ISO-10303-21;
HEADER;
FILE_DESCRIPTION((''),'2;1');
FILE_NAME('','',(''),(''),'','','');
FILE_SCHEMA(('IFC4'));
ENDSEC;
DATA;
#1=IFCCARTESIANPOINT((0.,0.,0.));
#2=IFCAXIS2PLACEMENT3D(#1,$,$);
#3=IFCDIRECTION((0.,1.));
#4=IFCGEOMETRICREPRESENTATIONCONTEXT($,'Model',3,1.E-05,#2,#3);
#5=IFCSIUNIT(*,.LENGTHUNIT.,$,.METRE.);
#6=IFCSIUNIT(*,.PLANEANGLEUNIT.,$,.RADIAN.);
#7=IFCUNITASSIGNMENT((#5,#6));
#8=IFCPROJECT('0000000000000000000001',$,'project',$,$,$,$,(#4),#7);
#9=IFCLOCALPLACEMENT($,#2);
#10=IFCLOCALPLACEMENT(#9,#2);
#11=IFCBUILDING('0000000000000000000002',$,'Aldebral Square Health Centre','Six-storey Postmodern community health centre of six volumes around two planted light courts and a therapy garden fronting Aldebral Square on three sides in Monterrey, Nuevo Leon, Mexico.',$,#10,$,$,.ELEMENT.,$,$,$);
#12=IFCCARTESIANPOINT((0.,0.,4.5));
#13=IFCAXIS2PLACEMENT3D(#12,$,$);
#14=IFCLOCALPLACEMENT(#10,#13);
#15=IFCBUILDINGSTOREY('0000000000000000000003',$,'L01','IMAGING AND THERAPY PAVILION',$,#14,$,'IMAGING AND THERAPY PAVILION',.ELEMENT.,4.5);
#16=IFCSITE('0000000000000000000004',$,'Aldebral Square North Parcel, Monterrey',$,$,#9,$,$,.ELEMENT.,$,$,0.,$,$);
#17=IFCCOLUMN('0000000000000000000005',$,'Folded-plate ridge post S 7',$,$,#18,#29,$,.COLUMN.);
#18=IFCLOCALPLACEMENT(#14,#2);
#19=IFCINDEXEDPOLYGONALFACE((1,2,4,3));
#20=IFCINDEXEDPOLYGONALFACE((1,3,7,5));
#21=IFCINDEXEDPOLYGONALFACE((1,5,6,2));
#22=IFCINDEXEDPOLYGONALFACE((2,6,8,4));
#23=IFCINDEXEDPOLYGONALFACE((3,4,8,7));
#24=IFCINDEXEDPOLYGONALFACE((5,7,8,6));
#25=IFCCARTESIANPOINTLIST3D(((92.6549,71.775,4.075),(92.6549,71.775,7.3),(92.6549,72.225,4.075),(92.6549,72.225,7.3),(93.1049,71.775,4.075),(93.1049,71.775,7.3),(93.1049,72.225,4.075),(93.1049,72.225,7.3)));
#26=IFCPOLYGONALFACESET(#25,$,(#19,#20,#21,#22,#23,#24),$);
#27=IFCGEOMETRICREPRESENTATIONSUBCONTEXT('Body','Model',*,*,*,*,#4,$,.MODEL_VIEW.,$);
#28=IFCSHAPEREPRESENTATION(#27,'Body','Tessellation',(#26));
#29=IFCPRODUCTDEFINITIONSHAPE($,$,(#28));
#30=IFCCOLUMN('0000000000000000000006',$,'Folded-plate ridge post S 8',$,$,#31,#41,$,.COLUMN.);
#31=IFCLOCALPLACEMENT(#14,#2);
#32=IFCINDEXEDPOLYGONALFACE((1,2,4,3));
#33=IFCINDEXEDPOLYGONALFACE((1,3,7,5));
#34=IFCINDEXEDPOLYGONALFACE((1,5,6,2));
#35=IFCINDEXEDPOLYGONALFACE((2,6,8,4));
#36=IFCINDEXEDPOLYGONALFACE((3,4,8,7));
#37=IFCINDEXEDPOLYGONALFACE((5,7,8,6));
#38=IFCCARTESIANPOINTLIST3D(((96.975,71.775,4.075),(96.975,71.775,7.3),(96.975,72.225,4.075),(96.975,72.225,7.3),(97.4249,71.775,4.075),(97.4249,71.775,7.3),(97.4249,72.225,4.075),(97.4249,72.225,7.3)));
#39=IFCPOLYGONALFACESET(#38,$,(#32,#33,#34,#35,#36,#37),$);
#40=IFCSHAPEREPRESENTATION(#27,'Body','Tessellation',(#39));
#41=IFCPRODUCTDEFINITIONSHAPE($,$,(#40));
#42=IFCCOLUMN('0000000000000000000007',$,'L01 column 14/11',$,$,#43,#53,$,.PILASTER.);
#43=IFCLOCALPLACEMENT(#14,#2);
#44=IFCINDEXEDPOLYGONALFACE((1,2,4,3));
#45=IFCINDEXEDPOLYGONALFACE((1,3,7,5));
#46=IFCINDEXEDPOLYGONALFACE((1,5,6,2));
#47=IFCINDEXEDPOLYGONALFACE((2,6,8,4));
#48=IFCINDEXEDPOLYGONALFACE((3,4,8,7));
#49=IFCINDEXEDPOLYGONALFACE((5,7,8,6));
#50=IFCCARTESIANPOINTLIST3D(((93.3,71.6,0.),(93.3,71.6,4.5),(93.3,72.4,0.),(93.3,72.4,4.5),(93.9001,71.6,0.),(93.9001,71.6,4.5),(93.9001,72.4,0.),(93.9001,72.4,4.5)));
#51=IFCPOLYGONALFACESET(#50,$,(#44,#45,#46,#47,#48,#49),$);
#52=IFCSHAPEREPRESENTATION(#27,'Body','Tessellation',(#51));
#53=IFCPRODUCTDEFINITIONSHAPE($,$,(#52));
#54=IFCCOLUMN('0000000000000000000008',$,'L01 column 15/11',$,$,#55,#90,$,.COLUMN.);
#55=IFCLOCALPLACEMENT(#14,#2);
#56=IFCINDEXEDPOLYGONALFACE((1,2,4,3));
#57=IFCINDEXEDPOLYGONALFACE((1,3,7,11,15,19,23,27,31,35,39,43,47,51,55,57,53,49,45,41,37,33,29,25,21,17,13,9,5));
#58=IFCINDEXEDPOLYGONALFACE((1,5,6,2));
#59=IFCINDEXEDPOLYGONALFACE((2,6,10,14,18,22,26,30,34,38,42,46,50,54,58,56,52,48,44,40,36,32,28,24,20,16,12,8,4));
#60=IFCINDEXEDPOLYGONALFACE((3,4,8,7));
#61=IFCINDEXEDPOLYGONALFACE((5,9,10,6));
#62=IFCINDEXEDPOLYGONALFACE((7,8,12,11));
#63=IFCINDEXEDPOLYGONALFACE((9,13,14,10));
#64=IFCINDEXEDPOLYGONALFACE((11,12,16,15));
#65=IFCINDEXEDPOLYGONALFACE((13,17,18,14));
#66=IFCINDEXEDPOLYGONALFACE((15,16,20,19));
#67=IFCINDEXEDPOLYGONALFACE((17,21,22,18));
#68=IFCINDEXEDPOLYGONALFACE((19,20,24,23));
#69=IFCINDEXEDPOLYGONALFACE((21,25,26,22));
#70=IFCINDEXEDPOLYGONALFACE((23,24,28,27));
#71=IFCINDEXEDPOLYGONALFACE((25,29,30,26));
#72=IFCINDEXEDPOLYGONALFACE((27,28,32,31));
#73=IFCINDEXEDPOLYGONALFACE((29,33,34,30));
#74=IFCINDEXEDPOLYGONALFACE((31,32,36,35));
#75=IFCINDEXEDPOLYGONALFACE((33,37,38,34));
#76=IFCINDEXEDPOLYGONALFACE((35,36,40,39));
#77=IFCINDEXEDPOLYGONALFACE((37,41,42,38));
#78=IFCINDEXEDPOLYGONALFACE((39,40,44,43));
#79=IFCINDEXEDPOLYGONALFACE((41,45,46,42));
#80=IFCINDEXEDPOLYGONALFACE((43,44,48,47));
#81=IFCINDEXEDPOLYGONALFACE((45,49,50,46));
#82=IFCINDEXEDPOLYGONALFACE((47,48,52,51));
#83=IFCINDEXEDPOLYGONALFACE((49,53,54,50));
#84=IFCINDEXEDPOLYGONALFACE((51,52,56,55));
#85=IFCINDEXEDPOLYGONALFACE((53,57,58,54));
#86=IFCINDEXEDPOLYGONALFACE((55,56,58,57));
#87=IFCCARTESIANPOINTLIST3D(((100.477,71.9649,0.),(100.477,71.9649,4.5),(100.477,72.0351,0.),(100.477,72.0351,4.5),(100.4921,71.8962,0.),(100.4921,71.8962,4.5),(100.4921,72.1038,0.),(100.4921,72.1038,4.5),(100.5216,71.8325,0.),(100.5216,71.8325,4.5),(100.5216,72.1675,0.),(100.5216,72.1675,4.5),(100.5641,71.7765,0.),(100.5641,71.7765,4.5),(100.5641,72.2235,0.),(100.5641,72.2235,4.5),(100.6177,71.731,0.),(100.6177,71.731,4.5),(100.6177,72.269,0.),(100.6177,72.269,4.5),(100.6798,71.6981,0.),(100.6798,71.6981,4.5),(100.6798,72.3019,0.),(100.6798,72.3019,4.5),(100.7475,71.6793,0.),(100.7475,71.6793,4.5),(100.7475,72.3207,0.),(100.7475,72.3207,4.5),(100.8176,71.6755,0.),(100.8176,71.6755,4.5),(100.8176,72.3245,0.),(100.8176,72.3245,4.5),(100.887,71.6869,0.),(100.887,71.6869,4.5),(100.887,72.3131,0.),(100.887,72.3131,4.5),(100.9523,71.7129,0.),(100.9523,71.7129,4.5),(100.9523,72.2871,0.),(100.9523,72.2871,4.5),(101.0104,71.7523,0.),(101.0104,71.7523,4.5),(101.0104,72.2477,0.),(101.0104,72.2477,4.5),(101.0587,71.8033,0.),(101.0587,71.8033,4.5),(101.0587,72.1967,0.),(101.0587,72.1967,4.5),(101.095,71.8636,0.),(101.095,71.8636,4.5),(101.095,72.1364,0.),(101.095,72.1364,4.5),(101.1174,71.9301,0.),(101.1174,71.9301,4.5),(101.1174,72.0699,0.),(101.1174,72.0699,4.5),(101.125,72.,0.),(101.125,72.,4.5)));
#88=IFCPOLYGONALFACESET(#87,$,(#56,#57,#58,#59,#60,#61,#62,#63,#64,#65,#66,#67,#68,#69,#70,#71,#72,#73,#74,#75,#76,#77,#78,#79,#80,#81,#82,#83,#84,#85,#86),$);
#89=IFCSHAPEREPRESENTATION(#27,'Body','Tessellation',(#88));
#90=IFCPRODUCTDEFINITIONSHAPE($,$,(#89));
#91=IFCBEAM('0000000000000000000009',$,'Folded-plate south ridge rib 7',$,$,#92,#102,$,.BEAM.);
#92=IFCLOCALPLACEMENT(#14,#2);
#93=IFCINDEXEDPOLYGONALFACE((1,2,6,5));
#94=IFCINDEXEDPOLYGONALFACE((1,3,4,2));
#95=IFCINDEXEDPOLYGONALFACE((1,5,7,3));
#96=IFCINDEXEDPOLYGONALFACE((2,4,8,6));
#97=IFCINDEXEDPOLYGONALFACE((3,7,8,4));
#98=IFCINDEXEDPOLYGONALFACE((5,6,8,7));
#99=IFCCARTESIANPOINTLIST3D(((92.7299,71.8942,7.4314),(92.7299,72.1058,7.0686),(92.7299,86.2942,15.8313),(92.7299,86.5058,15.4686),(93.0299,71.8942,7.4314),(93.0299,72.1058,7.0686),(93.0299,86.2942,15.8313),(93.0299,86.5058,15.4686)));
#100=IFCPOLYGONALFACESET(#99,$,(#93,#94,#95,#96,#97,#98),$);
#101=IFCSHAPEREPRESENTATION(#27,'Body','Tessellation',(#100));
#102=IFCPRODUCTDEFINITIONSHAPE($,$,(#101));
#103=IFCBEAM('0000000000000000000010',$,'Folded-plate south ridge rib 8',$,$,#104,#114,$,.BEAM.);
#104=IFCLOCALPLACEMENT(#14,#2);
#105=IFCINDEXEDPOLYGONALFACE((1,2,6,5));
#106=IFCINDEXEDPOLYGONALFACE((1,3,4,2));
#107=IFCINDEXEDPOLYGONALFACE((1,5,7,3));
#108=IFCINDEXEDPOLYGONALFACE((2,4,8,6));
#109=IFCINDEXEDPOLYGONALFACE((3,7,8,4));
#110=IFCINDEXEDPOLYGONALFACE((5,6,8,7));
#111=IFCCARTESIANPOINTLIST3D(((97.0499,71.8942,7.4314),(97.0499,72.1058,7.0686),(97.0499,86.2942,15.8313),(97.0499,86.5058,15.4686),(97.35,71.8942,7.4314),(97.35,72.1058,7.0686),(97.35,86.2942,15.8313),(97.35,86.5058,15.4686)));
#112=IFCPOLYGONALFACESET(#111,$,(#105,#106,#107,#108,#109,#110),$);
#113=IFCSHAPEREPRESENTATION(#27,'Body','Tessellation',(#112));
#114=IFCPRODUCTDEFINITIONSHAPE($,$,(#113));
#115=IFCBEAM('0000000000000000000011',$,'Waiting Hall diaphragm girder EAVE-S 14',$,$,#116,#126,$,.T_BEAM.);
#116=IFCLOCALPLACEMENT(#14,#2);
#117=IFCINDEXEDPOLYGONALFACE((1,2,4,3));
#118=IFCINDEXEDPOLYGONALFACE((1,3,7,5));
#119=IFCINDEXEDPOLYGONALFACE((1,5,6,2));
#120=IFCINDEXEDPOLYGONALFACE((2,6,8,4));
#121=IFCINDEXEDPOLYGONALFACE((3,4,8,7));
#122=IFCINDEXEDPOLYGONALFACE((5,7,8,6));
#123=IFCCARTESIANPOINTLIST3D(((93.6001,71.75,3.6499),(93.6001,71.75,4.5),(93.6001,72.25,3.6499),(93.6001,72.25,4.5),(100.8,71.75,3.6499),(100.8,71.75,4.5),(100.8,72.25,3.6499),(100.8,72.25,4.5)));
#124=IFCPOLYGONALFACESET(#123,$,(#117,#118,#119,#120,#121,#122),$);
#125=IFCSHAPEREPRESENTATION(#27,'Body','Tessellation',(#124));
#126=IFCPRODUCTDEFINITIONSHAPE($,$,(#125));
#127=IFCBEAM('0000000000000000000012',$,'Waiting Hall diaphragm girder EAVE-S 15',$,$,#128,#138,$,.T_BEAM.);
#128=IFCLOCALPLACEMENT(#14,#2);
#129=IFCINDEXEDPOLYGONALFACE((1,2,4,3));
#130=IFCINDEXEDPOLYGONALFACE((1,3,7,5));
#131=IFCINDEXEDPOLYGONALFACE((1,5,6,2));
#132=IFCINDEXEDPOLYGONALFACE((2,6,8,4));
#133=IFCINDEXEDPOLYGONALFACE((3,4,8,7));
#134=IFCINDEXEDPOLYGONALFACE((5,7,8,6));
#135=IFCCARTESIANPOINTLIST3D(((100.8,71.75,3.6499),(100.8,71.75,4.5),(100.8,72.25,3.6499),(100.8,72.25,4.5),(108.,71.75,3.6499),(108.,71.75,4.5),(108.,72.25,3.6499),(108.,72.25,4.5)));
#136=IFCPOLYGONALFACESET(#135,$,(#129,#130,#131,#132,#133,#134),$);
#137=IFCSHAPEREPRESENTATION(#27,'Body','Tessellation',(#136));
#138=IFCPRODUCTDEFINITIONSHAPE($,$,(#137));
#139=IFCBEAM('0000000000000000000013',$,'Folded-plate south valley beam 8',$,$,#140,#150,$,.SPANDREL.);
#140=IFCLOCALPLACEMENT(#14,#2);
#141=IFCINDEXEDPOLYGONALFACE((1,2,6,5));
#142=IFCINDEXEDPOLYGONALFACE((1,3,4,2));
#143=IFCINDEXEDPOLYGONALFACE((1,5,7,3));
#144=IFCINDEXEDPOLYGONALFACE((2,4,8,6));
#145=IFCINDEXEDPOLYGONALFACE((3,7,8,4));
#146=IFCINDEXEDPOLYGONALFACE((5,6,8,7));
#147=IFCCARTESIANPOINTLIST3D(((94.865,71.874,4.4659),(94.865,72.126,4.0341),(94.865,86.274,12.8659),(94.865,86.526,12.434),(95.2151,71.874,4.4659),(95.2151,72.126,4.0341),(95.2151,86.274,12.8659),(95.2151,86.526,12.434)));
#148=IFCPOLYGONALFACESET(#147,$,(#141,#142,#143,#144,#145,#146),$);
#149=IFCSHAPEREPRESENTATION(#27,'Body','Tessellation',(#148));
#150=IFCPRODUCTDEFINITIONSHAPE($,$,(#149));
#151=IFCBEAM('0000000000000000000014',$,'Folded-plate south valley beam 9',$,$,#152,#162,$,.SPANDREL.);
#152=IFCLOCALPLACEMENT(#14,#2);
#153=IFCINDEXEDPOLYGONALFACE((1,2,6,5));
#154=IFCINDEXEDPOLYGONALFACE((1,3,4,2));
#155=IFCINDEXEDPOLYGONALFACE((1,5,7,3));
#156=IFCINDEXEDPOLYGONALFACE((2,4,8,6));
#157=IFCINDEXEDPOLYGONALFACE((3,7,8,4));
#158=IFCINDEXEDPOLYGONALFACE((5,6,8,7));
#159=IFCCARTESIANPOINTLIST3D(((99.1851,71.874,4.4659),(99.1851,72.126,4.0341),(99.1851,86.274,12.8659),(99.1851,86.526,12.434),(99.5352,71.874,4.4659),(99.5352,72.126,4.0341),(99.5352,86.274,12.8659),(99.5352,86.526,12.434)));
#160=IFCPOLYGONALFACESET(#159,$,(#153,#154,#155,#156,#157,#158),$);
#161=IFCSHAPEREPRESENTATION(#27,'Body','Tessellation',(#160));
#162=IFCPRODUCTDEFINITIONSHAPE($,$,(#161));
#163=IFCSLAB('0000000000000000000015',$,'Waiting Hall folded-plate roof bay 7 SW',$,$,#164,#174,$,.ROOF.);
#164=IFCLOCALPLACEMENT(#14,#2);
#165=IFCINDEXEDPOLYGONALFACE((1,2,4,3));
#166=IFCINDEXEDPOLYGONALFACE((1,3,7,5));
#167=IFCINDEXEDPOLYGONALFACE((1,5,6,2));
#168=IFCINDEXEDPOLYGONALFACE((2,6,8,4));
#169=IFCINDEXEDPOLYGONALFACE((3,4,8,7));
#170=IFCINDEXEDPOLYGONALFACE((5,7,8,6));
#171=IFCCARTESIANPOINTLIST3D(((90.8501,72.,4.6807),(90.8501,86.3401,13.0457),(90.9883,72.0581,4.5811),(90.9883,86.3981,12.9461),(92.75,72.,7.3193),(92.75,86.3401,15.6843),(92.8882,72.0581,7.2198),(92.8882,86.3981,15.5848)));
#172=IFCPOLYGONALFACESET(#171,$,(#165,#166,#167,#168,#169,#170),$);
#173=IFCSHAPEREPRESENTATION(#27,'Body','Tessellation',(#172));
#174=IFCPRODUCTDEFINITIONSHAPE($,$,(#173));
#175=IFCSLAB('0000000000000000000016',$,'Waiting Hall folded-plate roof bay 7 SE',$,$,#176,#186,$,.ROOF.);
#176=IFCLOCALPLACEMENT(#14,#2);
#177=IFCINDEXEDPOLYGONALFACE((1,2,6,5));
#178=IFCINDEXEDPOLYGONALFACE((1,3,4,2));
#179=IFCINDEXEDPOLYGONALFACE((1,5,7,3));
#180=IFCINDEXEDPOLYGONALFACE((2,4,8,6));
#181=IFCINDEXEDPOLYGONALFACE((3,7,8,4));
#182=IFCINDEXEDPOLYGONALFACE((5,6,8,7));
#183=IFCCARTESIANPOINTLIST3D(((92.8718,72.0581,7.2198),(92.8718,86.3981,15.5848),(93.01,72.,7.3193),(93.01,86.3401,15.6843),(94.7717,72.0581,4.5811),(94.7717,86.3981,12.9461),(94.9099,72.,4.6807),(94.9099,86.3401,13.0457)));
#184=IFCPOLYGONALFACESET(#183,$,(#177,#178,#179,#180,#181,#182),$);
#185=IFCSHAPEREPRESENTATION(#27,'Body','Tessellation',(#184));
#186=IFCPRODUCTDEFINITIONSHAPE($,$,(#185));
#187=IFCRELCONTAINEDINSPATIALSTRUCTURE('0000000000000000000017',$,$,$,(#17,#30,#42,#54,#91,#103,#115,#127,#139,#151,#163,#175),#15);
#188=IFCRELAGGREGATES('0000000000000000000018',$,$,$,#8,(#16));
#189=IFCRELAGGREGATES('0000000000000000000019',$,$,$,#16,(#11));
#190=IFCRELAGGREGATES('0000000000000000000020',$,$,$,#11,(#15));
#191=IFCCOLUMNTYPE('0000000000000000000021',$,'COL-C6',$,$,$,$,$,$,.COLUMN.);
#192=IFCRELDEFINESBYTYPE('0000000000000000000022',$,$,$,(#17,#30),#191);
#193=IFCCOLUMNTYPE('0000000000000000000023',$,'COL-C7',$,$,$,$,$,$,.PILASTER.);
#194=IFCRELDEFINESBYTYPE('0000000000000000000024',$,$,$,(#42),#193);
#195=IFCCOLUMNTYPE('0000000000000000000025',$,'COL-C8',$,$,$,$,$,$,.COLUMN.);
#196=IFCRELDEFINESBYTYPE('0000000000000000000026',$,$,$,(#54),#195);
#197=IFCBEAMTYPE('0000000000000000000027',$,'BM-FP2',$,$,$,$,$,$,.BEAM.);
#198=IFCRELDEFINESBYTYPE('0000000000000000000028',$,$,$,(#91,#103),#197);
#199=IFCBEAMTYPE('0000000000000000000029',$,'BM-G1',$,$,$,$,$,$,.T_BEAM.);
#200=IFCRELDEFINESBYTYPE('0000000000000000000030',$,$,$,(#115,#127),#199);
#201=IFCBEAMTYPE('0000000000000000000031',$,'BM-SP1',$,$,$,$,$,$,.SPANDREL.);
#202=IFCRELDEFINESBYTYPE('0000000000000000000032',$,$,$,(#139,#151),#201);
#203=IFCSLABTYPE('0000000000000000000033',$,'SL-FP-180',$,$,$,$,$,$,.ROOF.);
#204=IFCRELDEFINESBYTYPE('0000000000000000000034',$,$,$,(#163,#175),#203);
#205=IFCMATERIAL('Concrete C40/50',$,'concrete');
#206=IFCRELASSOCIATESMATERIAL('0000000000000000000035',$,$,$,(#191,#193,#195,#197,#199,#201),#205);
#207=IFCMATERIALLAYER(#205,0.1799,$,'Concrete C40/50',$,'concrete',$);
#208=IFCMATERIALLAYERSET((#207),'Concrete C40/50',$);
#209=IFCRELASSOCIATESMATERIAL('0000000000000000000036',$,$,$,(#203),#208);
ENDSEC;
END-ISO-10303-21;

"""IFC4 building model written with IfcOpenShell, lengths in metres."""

from ifc_helpers import new_model, si_unit, direction, frame, origin, origin_2d, place, context, subcontext, project, spatial, polyline, rectangle, circle, outline, extrude, material, layer, layer_set, material_profile, profile_set, type_object, element, save


model = new_model("IFC4")

# Units and contexts
model_context = context("Model", 3, precision=1e-05, world=origin(), true_north=direction((0.0, 1.0)))
body_context = subcontext(model_context, "Body", "Model", "MODEL_VIEW")
ifc_project = project(units=[si_unit("LENGTHUNIT", "METRE"), si_unit("PLANEANGLEUNIT", "RADIAN")], contexts=[model_context])

# Site, building, storey
site_placement = place(None, origin())
site = spatial("IfcSite", under=ifc_project, at=site_placement, Name="Aldebral Square North Parcel, Monterrey", CompositionType="ELEMENT", RefElevation=0.0)
building_placement = place(site_placement, origin())
building = spatial("IfcBuilding", under=site, at=building_placement, Name="Aldebral Square Health Centre", Description="Six-storey Postmodern community health centre of six volumes around two planted light courts and a therapy garden fronting Aldebral Square on three sides in Monterrey, Nuevo Leon, Mexico.", CompositionType="ELEMENT")
storey_placement = place(building_placement, frame((0.0, 0.0, 4.5)))
storey = spatial("IfcBuildingStorey", under=building, at=storey_placement, Name="L01", Description="IMAGING AND THERAPY PAVILION", LongName="IMAGING AND THERAPY PAVILION", CompositionType="ELEMENT", Elevation=4.5)

# Columns
ifc_material_1 = material(Name="Concrete C40/50", Category="concrete")
ifc_material_profile_1 = material_profile(ifc_material_1, rectangle(XDim=0.45, YDim=0.45, at=origin_2d()), Name="RC 450x450")
ifc_profile_set_1 = profile_set([ifc_material_profile_1], Name="Concrete C40/50")
column_type_1 = type_object("IfcColumnType", Name="COL-C6", PredefinedType="COLUMN", material=ifc_profile_set_1)
for number, where, z_axis, x_axis, name in (
    (1, (92.8799, 72.0, 4.075), (0.0, 0.0, 1.0), (1.0, 0.0, 0.0), "Folded-plate ridge post S 7"),
    (2, (97.2, 72.0, 4.075), (0.0, 0.0, 1.0), (1.0, 0.0, 0.0), "Folded-plate ridge post S 8"),
):
    element("IfcColumn", number, at=place(storey_placement, frame(where, z_axis=z_axis, x_axis=x_axis)), inside=storey, type_object=column_type_1, Name=name, PredefinedType="COLUMN", context=body_context, shape_type="SweptSolid", body=[
        extrude(rectangle(XDim=0.45, YDim=0.45, at=origin_2d()), origin(), (0.0, 0.0, 1.0), 3.2251),
    ])
ifc_material_profile_2 = material_profile(ifc_material_1, rectangle(XDim=0.6001, YDim=0.8, at=origin_2d()), Name="RC 600x800")
ifc_profile_set_2 = profile_set([ifc_material_profile_2], Name="Concrete C40/50")
column_type_2 = type_object("IfcColumnType", Name="COL-C7", PredefinedType="PILASTER", material=ifc_profile_set_2)
column_1_placement = place(storey_placement, frame((93.6001, 72.0, 0.0), z_axis=(0.0, 0.0, 1.0), x_axis=(1.0, 0.0, 0.0)))
element("IfcColumn", 3, at=column_1_placement, inside=storey, type_object=column_type_2, Name="L01 column 14/11", PredefinedType="PILASTER", context=body_context, shape_type="SweptSolid", body=[
    extrude(rectangle(XDim=0.6001, YDim=0.8, at=origin_2d()), origin(), (0.0, 0.0, 1.0), 4.5),
])
ifc_material_profile_3 = material_profile(ifc_material_1, circle(Radius=0.325, at=origin_2d()), Name="RC D650")
ifc_profile_set_3 = profile_set([ifc_material_profile_3], Name="Concrete C40/50")
column_type_3 = type_object("IfcColumnType", Name="COL-C8", PredefinedType="COLUMN", material=ifc_profile_set_3)
column_2_placement = place(storey_placement, frame((100.8, 72.0, 0.0), z_axis=(0.0, 0.0, 1.0), x_axis=(1.0, 0.0, 0.0)))
element("IfcColumn", 4, at=column_2_placement, inside=storey, type_object=column_type_3, Name="L01 column 15/11", PredefinedType="COLUMN", context=body_context, shape_type="SweptSolid", body=[
    extrude(circle(Radius=0.325, at=origin_2d()), origin(), (0.0, 0.0, 1.0), 4.5),
])

# Beams
ifc_material_profile_4 = material_profile(ifc_material_1, rectangle(XDim=0.3, YDim=0.4199, at=origin_2d()), Name="RC 300x420")
ifc_profile_set_4 = profile_set([ifc_material_profile_4], Name="Concrete C40/50")
beam_type_1 = type_object("IfcBeamType", Name="BM-FP2", PredefinedType="BEAM", material=ifc_profile_set_4)
for number, where, z_axis, x_axis, name in (
    (5, (92.8799, 72.0, 7.25), (0.0, 0.86378, 0.503869), (-1.0, 0.0, 0.0), "Folded-plate south ridge rib 7"),
    (6, (97.2, 72.0, 7.25), (0.0, 0.86378, 0.503869), (-1.0, 0.0, 0.0), "Folded-plate south ridge rib 8"),
):
    element("IfcBeam", number, at=place(storey_placement, frame(where, z_axis=z_axis, x_axis=x_axis)), inside=storey, type_object=beam_type_1, Name=name, PredefinedType="BEAM", context=body_context, shape_type="SweptSolid", body=[
        extrude(rectangle(XDim=0.3, YDim=0.4199, at=origin_2d()), origin(), (0.0, 0.0, 1.0), 16.6709),
    ])
ifc_material_profile_5 = material_profile(ifc_material_1, rectangle(XDim=0.5, YDim=0.8501, at=origin_2d()), Name="RC 500x850")
ifc_profile_set_5 = profile_set([ifc_material_profile_5], Name="Concrete C40/50")
beam_type_2 = type_object("IfcBeamType", Name="BM-G1", PredefinedType="T_BEAM", material=ifc_profile_set_5)
for number, where, z_axis, x_axis, name in (
    (7, (93.6001, 72.0, 4.075), (1.0, 0.0, 0.0), (0.0, 1.0, 0.0), "Waiting Hall diaphragm girder EAVE-S 14"),
    (8, (100.8, 72.0, 4.075), (1.0, 0.0, 0.0), (0.0, 1.0, 0.0), "Waiting Hall diaphragm girder EAVE-S 15"),
):
    element("IfcBeam", number, at=place(storey_placement, frame(where, z_axis=z_axis, x_axis=x_axis)), inside=storey, type_object=beam_type_2, Name=name, PredefinedType="T_BEAM", context=body_context, shape_type="SweptSolid", body=[
        extrude(rectangle(XDim=0.5, YDim=0.8501, at=origin_2d()), origin(), (0.0, 0.0, 1.0), 7.2),
    ])
ifc_material_profile_6 = material_profile(ifc_material_1, rectangle(XDim=0.3501, YDim=0.5, at=origin_2d()), Name="RC 350x500")
ifc_profile_set_6 = profile_set([ifc_material_profile_6], Name="Concrete C40/50")
beam_type_3 = type_object("IfcBeamType", Name="BM-SP1", PredefinedType="SPANDREL", material=ifc_profile_set_6)
for number, where, z_axis, x_axis, name in (
    (9, (95.04, 72.0, 4.25), (0.0, 0.86378, 0.503869), (-1.0, 0.0, 0.0), "Folded-plate south valley beam 8"),
    (10, (99.3601, 72.0, 4.25), (0.0, 0.86378, 0.503869), (-1.0, 0.0, 0.0), "Folded-plate south valley beam 9"),
):
    element("IfcBeam", number, at=place(storey_placement, frame(where, z_axis=z_axis, x_axis=x_axis)), inside=storey, type_object=beam_type_3, Name=name, PredefinedType="SPANDREL", context=body_context, shape_type="SweptSolid", body=[
        extrude(rectangle(XDim=0.3501, YDim=0.5, at=origin_2d()), origin(), (0.0, 0.0, 1.0), 16.6709),
    ])

# Slabs
ifc_layer_1 = layer(ifc_material_1, 0.1799, Name="Concrete C40/50", Category="concrete")
ifc_layer_set_1 = layer_set([ifc_layer_1], Name="Concrete C40/50")
slab_type = type_object("IfcSlabType", Name="SL-FP-180", PredefinedType="ROOF", material=ifc_layer_set_1)
slab_1_placement = place(storey_placement, frame((90.8501, 72.0, 4.6807), z_axis=(-0.768132, -0.322623, 0.553072), x_axis=(0.584317, 0.0, 0.811526)))
element("IfcSlab", 11, at=slab_1_placement, inside=storey, type_object=slab_type, Name="Waiting Hall folded-plate roof bay 7 SW", PredefinedType="ROOF", context=body_context, shape_type="SweptSolid", body=[
    extrude(outline(polyline([(0.0, 0.0), (3.2515, 0.0), (10.0399, 15.1502), (6.7884, 15.1502), (0.0, 0.0)])), origin(), (0.0, 0.0, -1.0), 0.1799),
])
slab_2_placement = place(storey_placement, frame((93.01, 72.0, 7.3193), z_axis=(0.768132, -0.322623, 0.553072), x_axis=(0.584317, 0.0, -0.811526)))
element("IfcSlab", 12, at=slab_2_placement, inside=storey, type_object=slab_type, Name="Waiting Hall folded-plate roof bay 7 SE", PredefinedType="ROOF", context=body_context, shape_type="SweptSolid", body=[
    extrude(outline(polyline([(0.0, 0.0), (3.2515, 0.0), (-3.5369, 15.1502), (-6.7884, 15.1502), (0.0, 0.0)])), origin(), (0.0, 0.0, -1.0), 0.1799),
])

save(model, "model.ifc")
